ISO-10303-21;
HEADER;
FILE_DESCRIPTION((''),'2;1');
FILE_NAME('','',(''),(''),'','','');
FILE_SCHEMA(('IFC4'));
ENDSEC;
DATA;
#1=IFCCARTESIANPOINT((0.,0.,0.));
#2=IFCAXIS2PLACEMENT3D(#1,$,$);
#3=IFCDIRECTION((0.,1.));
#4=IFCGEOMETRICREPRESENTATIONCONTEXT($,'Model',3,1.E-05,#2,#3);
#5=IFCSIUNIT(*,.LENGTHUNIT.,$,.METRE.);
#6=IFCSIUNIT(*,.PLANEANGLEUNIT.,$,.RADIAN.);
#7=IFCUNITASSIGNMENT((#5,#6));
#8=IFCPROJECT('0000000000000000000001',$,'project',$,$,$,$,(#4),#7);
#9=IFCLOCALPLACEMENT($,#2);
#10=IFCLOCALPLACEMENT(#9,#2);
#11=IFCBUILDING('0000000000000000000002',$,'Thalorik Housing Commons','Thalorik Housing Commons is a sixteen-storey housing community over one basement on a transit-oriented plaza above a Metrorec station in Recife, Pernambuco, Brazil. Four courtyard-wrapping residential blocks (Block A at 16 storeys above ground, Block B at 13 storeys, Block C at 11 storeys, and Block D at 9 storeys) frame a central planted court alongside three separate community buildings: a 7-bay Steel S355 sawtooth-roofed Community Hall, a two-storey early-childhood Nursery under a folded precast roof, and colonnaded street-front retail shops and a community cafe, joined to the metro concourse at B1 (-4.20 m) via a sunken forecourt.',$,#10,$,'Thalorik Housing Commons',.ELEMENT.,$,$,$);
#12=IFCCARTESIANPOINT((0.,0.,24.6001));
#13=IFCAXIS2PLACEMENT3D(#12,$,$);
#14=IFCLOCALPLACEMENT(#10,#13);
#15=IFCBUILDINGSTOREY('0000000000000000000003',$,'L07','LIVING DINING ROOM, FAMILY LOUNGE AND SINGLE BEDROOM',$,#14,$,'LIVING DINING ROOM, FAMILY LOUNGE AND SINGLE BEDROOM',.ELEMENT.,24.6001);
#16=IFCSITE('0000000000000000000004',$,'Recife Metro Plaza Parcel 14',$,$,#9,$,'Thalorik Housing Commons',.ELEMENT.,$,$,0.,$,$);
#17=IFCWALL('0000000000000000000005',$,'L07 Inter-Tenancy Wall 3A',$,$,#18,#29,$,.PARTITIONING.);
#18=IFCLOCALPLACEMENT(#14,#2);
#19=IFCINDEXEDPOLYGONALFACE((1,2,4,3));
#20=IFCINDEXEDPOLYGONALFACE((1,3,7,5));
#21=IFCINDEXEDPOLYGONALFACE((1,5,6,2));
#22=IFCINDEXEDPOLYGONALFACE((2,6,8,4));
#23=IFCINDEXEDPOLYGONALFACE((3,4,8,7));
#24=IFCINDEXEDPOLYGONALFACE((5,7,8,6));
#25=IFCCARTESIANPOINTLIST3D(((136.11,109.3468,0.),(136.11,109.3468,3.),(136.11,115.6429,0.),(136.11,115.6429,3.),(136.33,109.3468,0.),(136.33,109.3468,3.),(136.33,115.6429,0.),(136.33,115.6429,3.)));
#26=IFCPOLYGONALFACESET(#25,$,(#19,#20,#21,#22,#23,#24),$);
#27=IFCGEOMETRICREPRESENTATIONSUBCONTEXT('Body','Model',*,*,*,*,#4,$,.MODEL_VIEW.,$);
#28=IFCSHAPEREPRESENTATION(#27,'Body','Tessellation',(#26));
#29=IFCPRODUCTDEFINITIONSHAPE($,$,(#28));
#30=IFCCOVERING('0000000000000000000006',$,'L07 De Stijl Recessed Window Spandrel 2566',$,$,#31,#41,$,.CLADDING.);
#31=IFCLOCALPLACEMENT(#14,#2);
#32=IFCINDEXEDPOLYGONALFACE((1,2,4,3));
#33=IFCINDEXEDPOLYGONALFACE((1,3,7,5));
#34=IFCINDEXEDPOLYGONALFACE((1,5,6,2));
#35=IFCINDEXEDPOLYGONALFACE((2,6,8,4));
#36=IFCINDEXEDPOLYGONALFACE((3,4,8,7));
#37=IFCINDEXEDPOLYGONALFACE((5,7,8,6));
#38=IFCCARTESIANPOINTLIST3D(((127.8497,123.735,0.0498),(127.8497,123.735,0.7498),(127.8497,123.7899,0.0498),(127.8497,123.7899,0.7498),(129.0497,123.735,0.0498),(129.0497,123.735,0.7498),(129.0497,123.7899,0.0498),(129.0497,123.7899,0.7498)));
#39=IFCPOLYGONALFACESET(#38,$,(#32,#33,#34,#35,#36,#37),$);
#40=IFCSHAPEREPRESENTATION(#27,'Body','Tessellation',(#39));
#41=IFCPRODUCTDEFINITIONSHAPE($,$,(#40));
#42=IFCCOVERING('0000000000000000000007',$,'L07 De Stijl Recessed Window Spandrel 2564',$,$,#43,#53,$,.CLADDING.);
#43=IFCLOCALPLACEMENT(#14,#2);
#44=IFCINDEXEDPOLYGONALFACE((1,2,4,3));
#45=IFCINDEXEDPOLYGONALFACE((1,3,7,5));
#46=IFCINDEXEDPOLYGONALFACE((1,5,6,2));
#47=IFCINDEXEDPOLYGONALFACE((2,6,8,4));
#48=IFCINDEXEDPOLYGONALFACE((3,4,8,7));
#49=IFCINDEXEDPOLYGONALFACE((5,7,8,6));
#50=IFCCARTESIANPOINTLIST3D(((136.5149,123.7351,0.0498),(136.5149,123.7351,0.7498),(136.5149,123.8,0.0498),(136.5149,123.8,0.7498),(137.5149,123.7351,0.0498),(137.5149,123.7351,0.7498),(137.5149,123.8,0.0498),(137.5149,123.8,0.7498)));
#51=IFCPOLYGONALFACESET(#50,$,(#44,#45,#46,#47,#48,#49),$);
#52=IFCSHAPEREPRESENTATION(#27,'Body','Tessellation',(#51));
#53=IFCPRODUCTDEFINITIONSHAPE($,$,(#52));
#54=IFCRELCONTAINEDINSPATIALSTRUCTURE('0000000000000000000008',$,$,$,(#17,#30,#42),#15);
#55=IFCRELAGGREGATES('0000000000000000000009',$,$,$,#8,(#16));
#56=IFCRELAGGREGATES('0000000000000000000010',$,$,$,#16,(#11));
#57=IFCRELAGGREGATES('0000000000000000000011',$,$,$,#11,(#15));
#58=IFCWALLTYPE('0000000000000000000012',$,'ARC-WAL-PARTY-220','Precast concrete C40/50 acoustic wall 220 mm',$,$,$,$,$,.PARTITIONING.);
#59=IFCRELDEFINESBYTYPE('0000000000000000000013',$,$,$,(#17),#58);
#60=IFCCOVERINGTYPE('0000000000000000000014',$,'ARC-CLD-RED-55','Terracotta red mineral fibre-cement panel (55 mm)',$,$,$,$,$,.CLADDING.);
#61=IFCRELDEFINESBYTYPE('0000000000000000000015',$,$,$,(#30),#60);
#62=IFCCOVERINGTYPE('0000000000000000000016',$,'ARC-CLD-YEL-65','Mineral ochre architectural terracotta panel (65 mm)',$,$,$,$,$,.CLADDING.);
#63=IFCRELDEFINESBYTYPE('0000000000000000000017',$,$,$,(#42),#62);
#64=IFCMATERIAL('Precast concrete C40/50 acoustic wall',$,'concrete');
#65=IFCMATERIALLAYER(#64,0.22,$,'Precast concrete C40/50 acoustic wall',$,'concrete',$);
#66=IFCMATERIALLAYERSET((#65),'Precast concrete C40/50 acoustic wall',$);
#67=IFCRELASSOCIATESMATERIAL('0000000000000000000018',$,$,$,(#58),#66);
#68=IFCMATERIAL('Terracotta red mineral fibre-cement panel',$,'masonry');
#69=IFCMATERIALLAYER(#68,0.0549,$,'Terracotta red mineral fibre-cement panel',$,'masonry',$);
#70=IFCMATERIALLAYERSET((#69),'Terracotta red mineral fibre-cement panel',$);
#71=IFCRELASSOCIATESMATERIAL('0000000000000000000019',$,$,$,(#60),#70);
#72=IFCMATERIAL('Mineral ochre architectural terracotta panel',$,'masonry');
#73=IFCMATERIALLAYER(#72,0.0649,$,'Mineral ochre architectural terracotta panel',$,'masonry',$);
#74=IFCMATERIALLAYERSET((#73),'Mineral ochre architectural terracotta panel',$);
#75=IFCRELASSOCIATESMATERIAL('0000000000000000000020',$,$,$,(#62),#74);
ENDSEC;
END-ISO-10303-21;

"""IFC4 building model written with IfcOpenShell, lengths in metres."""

from ifc_helpers import new_model, si_unit, direction, frame, frame_2d, origin, origin_2d, place, context, subcontext, project, spatial, rectangle, extrude, material, layer, layer_set, type_object, element, save


model = new_model("IFC4")

# Units and contexts
model_context = context("Model", 3, precision=1e-05, world=origin(), true_north=direction((0.0, 1.0)))
body_context = subcontext(model_context, "Body", "Model", "MODEL_VIEW")
ifc_project = project(units=[si_unit("LENGTHUNIT", "METRE"), si_unit("PLANEANGLEUNIT", "RADIAN")], contexts=[model_context])

# Site, building, storey
site_placement = place(None, origin())
site = spatial("IfcSite", under=ifc_project, at=site_placement, Name="Recife Metro Plaza Parcel 14", LongName="Thalorik Housing Commons", CompositionType="ELEMENT", RefElevation=0.0)
building_placement = place(site_placement, origin())
building = spatial("IfcBuilding", under=site, at=building_placement, Name="Thalorik Housing Commons", Description="Thalorik Housing Commons is a sixteen-storey housing community over one basement on a transit-oriented plaza above a Metrorec station in Recife, Pernambuco, Brazil. Four courtyard-wrapping residential blocks (Block A at 16 storeys above ground, Block B at 13 storeys, Block C at 11 storeys, and Block D at 9 storeys) frame a central planted court alongside three separate community buildings: a 7-bay Steel S355 sawtooth-roofed Community Hall, a two-storey early-childhood Nursery under a folded precast roof, and colonnaded street-front retail shops and a community cafe, joined to the metro concourse at B1 (-4.20 m) via a sunken forecourt.", LongName="Thalorik Housing Commons", CompositionType="ELEMENT")
storey_placement = place(building_placement, frame((0.0, 0.0, 24.6001)))
storey = spatial("IfcBuildingStorey", under=building, at=storey_placement, Name="L07", Description="LIVING DINING ROOM, FAMILY LOUNGE AND SINGLE BEDROOM", LongName="LIVING DINING ROOM, FAMILY LOUNGE AND SINGLE BEDROOM", CompositionType="ELEMENT", Elevation=24.6001)

# Wall
ifc_material_1 = material(Name="Precast concrete C40/50 acoustic wall", Category="concrete")
ifc_layer_1 = layer(ifc_material_1, 0.22, Name="Precast concrete C40/50 acoustic wall", Category="concrete")
ifc_layer_set_1 = layer_set([ifc_layer_1], Name="Precast concrete C40/50 acoustic wall")
wall_type_1 = type_object("IfcWallType", Name="ARC-WAL-PARTY-220", Description="Precast concrete C40/50 acoustic wall 220 mm", PredefinedType="PARTITIONING", material=ifc_layer_set_1)
wall_1_placement = place(storey_placement, frame((136.22, 109.3469, 0.0), z_axis=(0.0, 0.0, 1.0), x_axis=(0.0, 1.0, 0.0)))
element("IfcWall", 1, at=wall_1_placement, inside=storey, type_object=wall_type_1, Name="L07 Inter-Tenancy Wall 3A", PredefinedType="PARTITIONING", context=body_context, shape_type="SweptSolid", body=[
    extrude(rectangle(XDim=6.2961, YDim=0.22, at=frame_2d((3.1479, 0.0))), origin(), (0.0, 0.0, 1.0), 3.0),
])

# Coverings
ifc_material_2 = material(Name="Terracotta red mineral fibre-cement panel", Category="masonry")
ifc_layer_2 = layer(ifc_material_2, 0.0549, Name="Terracotta red mineral fibre-cement panel", Category="masonry")
ifc_layer_set_2 = layer_set([ifc_layer_2], Name="Terracotta red mineral fibre-cement panel")
covering_type_1 = type_object("IfcCoveringType", Name="ARC-CLD-RED-55", Description="Terracotta red mineral fibre-cement panel (55 mm)", PredefinedType="CLADDING", material=ifc_layer_set_2)
covering_1_placement = place(storey_placement, frame((128.4497, 123.7625, 0.0498), z_axis=(0.0, 0.0, 1.0), x_axis=(-1.0, 0.0, 0.0)))
element("IfcCovering", 2, at=covering_1_placement, inside=storey, type_object=covering_type_1, Name="L07 De Stijl Recessed Window Spandrel 2566", PredefinedType="CLADDING", context=body_context, shape_type="SweptSolid", body=[
    extrude(rectangle(XDim=1.2, YDim=0.0549, at=origin_2d()), origin(), (0.0, 0.0, 1.0), 0.7),
])
ifc_material_3 = material(Name="Mineral ochre architectural terracotta panel", Category="masonry")
ifc_layer_3 = layer(ifc_material_3, 0.0649, Name="Mineral ochre architectural terracotta panel", Category="masonry")
ifc_layer_set_3 = layer_set([ifc_layer_3], Name="Mineral ochre architectural terracotta panel")
covering_type_2 = type_object("IfcCoveringType", Name="ARC-CLD-YEL-65", Description="Mineral ochre architectural terracotta panel (65 mm)", PredefinedType="CLADDING", material=ifc_layer_set_3)
covering_2_placement = place(storey_placement, frame((137.0149, 123.7676, 0.0498), z_axis=(0.0, 0.0, 1.0), x_axis=(-1.0, 0.0, 0.0)))
element("IfcCovering", 3, at=covering_2_placement, inside=storey, type_object=covering_type_2, Name="L07 De Stijl Recessed Window Spandrel 2564", PredefinedType="CLADDING", context=body_context, shape_type="SweptSolid", body=[
    extrude(rectangle(XDim=1.0, YDim=0.0649, at=origin_2d()), origin(), (0.0, 0.0, 1.0), 0.7),
])

save(model, "model.ifc")
